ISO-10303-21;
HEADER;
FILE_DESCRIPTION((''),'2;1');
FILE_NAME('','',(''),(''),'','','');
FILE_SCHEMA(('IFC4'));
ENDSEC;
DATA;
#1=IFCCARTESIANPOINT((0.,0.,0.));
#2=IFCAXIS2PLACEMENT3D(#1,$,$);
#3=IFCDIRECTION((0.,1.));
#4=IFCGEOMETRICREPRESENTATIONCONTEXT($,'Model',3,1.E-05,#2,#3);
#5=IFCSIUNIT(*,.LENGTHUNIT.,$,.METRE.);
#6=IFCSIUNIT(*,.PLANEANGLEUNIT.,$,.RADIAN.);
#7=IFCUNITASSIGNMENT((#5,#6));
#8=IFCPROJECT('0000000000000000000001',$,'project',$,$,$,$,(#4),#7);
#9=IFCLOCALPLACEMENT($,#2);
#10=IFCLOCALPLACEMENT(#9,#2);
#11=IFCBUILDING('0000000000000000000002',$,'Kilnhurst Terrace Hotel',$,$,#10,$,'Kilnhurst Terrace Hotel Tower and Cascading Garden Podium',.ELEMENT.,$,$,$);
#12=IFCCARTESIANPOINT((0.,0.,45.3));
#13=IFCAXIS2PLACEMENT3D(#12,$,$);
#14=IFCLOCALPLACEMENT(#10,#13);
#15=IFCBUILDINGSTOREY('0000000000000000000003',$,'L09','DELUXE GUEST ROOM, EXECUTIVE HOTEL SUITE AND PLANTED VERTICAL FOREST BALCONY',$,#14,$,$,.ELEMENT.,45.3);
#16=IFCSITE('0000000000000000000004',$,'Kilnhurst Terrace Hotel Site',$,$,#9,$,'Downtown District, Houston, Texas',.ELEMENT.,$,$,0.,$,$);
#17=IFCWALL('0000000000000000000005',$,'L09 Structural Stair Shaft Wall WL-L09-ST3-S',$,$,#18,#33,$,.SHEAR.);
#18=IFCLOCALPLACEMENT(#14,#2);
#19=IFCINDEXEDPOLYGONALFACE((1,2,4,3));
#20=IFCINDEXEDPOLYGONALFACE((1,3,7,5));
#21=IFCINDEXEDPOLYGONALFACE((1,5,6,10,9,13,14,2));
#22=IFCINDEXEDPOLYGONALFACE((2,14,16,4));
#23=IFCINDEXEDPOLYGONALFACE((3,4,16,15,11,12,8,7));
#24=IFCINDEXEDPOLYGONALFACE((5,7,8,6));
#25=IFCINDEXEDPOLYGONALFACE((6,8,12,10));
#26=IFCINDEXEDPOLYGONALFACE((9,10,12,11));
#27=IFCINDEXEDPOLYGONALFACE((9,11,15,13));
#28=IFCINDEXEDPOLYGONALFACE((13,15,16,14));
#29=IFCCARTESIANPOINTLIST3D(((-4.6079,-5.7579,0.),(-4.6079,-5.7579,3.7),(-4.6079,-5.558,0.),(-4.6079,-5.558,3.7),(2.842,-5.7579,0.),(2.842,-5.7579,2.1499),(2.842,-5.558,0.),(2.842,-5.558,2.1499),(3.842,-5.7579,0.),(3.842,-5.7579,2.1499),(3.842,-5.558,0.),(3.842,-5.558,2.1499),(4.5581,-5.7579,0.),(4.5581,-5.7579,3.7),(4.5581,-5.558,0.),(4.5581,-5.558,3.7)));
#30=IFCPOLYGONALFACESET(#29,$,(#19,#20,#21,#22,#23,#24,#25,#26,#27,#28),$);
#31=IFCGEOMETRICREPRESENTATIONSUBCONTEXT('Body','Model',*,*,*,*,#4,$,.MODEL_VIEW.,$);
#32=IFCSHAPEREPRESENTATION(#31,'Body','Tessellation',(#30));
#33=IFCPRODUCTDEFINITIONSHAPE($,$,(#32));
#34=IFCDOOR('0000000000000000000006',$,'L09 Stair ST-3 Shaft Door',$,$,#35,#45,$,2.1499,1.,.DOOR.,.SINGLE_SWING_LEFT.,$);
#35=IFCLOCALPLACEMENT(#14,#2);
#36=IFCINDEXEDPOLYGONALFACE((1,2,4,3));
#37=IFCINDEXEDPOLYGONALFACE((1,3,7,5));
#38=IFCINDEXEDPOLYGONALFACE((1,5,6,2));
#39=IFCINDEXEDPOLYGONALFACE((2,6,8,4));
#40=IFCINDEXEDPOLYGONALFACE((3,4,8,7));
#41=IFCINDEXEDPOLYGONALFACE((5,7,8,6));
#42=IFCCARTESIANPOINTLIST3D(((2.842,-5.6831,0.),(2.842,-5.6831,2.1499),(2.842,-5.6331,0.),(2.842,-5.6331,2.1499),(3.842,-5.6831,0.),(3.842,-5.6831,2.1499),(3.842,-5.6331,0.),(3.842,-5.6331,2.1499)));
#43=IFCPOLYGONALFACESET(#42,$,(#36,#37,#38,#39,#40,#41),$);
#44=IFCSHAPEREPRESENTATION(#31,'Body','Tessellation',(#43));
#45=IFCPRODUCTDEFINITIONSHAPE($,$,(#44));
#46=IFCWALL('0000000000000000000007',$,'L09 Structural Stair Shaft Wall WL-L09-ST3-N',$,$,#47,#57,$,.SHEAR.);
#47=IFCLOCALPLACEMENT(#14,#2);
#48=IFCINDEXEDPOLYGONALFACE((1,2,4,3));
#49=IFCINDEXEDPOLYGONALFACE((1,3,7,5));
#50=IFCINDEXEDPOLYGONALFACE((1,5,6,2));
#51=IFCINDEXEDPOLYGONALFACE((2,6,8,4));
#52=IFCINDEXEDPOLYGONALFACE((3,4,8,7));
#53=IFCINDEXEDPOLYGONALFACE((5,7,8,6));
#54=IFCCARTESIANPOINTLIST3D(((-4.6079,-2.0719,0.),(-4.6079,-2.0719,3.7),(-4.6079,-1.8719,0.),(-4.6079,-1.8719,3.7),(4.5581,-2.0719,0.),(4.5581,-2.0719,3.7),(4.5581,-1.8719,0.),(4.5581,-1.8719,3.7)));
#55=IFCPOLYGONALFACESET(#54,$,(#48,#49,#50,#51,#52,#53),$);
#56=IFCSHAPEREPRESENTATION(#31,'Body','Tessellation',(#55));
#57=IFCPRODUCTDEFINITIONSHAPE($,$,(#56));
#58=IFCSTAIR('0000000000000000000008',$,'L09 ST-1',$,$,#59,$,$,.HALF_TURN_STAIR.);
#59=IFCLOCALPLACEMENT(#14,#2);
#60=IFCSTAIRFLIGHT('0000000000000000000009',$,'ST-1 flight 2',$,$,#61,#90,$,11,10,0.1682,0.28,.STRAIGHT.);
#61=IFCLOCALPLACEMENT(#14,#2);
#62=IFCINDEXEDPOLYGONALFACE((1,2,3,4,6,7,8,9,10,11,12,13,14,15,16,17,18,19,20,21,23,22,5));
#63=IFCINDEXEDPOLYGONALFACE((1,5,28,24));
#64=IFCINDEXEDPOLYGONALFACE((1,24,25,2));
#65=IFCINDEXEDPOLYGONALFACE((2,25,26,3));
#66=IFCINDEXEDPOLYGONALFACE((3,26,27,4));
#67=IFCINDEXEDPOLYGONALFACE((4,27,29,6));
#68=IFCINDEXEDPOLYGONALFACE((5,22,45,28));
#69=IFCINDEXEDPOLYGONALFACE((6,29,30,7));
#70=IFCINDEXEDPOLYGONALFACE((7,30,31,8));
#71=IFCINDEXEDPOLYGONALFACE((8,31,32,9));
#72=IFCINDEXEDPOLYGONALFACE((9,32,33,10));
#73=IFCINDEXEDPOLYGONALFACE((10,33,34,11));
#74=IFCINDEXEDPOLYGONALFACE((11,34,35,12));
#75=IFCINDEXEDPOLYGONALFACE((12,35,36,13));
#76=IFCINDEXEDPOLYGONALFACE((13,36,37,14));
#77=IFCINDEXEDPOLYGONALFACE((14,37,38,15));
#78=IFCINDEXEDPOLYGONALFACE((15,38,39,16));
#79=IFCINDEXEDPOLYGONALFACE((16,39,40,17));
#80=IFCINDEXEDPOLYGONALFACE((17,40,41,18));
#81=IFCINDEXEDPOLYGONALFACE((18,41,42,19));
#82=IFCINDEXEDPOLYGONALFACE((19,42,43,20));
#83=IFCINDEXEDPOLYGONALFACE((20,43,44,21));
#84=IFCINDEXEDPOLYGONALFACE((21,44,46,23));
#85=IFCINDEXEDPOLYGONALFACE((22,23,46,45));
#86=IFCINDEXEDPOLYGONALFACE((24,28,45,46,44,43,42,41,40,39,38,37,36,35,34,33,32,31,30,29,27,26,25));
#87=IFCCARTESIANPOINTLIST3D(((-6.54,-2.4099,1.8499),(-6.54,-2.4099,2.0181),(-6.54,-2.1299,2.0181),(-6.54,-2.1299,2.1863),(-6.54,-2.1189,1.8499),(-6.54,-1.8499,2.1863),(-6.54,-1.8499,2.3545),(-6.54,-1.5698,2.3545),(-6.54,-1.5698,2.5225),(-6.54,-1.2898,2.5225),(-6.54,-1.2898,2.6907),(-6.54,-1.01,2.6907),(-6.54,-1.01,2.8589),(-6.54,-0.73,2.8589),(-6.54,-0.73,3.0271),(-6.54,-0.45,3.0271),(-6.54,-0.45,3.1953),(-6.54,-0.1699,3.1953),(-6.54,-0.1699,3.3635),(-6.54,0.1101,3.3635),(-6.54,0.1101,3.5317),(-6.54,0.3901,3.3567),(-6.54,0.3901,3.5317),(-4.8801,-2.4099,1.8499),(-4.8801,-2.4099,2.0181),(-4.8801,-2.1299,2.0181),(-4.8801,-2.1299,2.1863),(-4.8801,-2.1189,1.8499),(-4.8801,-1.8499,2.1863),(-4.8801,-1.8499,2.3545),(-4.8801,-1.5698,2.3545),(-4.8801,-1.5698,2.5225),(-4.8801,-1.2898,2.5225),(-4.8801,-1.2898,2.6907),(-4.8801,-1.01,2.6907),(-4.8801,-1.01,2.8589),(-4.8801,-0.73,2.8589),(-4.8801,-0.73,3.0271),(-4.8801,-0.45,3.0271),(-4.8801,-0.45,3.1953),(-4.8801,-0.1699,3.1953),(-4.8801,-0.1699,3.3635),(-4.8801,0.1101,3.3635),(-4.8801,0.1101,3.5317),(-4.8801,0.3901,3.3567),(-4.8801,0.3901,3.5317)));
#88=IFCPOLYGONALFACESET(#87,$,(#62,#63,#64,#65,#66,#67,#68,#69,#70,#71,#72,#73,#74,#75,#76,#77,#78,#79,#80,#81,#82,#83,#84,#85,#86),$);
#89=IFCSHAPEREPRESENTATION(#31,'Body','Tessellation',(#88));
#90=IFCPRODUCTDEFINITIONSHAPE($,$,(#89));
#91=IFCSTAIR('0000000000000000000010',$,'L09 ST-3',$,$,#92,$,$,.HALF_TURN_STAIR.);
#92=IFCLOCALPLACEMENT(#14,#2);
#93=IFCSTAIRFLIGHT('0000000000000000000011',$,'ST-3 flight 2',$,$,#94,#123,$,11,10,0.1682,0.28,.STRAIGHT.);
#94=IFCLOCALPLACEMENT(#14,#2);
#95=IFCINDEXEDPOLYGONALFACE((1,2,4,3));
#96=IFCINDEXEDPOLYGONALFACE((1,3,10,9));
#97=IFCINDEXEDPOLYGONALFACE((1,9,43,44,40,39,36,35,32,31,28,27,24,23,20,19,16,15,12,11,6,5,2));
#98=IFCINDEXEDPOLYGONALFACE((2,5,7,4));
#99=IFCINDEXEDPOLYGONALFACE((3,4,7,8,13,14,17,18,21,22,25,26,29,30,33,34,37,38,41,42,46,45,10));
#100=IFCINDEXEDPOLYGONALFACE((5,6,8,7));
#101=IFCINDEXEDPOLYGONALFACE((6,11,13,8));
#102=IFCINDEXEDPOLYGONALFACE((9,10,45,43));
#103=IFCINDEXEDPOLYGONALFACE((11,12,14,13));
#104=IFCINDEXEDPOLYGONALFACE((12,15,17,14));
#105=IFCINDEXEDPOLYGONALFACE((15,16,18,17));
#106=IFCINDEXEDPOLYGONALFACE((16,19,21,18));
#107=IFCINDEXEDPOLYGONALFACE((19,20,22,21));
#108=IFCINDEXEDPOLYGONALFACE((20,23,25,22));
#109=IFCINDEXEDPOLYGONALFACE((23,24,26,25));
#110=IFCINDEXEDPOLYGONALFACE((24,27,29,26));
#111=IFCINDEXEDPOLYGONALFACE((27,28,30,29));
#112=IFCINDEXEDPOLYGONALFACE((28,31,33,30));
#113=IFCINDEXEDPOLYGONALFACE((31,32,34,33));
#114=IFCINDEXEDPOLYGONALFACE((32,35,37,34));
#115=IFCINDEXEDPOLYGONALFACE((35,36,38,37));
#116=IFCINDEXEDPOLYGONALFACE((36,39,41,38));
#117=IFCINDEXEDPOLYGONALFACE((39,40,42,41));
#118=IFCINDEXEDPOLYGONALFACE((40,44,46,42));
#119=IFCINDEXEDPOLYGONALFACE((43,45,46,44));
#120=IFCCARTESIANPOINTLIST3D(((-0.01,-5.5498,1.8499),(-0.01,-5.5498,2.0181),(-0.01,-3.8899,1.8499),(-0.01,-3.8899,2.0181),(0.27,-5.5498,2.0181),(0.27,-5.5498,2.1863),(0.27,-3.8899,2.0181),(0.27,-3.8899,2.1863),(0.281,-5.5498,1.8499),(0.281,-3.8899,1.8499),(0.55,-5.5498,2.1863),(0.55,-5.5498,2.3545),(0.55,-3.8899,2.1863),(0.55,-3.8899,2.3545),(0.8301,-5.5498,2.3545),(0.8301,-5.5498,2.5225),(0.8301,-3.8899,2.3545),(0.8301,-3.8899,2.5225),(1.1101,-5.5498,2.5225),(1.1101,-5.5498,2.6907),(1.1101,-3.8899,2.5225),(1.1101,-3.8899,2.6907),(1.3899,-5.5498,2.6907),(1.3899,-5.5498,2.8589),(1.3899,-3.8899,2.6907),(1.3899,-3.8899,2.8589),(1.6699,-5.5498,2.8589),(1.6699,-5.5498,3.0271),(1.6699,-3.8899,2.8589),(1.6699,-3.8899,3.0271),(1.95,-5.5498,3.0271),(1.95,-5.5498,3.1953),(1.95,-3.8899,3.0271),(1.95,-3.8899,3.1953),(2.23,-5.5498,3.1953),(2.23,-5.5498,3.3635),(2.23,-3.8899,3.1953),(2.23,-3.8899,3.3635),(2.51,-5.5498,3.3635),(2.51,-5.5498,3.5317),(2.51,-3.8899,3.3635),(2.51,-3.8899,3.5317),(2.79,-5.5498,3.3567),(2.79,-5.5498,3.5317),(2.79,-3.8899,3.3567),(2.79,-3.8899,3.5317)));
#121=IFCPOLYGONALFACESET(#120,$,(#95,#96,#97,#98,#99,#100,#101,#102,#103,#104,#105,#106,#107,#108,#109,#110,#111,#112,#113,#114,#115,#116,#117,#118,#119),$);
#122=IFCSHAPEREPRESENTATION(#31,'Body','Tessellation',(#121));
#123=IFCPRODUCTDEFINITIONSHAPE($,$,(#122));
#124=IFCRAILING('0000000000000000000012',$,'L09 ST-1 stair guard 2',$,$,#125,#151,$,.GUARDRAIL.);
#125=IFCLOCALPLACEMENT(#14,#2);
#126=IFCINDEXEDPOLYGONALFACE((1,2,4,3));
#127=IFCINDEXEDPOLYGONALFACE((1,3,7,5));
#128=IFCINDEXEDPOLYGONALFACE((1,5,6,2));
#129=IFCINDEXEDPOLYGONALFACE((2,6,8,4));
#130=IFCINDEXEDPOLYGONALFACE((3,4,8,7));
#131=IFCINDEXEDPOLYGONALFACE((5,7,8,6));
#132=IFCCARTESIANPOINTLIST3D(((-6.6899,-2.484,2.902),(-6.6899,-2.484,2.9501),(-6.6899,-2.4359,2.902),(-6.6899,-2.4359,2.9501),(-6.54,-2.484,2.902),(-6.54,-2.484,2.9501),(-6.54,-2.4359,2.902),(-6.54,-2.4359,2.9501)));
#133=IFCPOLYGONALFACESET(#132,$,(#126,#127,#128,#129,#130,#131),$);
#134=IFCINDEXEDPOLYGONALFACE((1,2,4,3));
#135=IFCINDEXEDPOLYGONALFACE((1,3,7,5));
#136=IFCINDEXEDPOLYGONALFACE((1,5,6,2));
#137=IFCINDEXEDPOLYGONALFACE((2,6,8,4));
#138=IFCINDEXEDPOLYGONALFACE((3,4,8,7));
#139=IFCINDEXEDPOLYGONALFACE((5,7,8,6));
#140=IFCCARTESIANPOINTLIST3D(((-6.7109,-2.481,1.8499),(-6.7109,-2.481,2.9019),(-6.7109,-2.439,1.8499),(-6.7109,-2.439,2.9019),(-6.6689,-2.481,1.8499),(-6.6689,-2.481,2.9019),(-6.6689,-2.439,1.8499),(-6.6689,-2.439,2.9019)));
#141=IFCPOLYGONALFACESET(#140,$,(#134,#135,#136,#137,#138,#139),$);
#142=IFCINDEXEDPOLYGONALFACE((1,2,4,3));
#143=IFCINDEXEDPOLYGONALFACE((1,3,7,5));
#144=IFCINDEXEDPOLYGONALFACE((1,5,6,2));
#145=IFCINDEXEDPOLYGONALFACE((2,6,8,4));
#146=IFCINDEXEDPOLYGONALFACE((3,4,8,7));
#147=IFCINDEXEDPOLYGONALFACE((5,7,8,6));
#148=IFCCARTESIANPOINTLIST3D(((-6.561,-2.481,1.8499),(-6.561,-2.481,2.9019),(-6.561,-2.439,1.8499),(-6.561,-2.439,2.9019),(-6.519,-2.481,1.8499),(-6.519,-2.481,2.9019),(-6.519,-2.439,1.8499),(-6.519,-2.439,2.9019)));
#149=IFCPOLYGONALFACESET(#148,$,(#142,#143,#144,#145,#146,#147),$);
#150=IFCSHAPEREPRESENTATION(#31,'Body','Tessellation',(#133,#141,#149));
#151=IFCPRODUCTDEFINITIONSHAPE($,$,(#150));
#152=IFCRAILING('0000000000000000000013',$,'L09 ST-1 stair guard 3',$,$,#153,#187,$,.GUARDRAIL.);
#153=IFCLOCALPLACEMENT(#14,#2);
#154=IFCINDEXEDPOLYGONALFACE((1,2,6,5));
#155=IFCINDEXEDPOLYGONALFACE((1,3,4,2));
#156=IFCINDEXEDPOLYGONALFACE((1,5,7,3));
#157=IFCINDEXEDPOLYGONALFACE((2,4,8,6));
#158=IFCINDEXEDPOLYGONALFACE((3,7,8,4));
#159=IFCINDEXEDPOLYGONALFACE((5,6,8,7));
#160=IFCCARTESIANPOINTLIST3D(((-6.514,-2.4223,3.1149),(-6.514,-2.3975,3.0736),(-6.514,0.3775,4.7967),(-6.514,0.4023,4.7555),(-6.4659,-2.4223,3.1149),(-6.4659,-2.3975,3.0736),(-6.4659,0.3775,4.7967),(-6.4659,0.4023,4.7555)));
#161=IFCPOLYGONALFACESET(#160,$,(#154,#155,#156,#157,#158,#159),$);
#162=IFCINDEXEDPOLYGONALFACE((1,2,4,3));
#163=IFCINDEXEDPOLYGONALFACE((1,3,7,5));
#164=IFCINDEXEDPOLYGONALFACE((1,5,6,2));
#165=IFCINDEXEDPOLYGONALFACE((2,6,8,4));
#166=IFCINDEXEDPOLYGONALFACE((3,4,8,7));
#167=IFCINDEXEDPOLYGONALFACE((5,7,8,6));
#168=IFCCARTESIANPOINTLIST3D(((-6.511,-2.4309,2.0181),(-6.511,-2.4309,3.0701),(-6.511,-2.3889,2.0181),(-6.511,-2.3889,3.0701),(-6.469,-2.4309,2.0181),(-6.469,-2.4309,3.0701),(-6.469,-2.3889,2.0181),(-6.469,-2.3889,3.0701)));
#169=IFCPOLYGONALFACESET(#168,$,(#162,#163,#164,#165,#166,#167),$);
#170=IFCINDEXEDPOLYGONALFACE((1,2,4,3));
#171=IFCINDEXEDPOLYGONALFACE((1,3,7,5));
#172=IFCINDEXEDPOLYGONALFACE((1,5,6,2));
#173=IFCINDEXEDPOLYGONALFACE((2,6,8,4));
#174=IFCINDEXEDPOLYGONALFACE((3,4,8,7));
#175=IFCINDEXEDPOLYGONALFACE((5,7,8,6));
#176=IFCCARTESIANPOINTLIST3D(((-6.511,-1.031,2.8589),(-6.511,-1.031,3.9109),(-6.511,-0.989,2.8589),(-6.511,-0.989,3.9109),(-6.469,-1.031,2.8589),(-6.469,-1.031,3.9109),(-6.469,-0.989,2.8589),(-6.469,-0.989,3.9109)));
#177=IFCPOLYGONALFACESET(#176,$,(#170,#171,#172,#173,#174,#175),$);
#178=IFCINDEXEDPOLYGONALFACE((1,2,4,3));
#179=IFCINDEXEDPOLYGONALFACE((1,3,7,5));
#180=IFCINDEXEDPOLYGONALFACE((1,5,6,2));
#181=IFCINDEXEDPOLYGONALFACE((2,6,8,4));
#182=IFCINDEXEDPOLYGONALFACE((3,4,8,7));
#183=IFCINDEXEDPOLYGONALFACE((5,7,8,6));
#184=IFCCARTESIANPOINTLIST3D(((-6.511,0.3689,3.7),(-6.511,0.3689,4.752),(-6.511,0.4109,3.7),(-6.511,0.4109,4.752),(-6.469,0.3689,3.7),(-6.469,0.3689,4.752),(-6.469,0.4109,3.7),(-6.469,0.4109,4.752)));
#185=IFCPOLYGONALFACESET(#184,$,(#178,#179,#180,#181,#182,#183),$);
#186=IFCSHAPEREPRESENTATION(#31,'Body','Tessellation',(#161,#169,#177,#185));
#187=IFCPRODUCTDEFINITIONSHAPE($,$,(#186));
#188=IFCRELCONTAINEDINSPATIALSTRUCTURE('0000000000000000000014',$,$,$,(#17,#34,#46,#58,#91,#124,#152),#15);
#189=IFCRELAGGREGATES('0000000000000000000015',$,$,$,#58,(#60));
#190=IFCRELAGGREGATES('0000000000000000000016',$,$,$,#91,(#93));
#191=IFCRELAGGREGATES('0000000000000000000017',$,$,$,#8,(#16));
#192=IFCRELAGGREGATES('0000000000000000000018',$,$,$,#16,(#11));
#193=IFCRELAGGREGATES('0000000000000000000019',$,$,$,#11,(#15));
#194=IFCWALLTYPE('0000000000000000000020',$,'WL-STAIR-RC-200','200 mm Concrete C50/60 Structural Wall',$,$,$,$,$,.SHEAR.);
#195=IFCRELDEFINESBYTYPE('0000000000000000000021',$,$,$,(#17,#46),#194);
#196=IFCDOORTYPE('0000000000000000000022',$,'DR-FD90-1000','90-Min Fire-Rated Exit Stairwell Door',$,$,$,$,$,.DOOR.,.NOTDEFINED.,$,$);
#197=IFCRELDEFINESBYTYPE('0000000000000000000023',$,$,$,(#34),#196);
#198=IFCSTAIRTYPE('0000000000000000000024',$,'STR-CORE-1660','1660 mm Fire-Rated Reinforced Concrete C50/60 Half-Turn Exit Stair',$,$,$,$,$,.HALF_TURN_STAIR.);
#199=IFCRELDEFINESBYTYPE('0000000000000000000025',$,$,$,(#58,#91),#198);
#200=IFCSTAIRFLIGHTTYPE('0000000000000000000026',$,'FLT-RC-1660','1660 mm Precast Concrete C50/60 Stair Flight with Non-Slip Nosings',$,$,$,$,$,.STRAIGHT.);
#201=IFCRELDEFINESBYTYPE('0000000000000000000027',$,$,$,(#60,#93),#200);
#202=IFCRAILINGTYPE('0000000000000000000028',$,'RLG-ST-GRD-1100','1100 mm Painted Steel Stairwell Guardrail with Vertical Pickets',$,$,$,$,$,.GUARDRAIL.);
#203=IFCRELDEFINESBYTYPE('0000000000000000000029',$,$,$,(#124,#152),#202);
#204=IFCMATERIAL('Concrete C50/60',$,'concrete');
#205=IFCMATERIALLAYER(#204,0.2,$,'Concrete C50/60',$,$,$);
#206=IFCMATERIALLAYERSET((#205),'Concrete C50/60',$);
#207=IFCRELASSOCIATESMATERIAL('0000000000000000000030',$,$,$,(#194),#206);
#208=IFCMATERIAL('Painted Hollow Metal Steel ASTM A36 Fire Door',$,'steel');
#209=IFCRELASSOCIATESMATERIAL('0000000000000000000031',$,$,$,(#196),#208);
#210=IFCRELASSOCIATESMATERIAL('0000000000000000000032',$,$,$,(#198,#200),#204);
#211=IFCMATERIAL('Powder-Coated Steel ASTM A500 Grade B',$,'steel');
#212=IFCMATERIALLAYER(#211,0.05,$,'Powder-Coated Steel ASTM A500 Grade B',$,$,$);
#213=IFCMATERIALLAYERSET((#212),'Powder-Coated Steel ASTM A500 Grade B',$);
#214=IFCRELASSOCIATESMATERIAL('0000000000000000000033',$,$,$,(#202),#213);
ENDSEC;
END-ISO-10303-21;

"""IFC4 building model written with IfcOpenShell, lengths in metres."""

from ifc_helpers import new_model, si_unit, direction, frame, frame_2d, origin, origin_2d, place, context, subcontext, project, spatial, polyline, rectangle, outline, extrude, material, layer, layer_set, type_object, element, fill, aggregate, save


model = new_model("IFC4")

# Units and contexts
model_context = context("Model", 3, precision=1e-05, world=origin(), true_north=direction((0.0, 1.0)))
body_context = subcontext(model_context, "Body", "Model", "MODEL_VIEW")
ifc_project = project(units=[si_unit("LENGTHUNIT", "METRE"), si_unit("PLANEANGLEUNIT", "RADIAN")], contexts=[model_context])

# Site, building, storey
site_placement = place(None, origin())
site = spatial("IfcSite", under=ifc_project, at=site_placement, Name="Kilnhurst Terrace Hotel Site", LongName="Downtown District, Houston, Texas", CompositionType="ELEMENT", RefElevation=0.0)
building_placement = place(site_placement, origin())
building = spatial("IfcBuilding", under=site, at=building_placement, Name="Kilnhurst Terrace Hotel", LongName="Kilnhurst Terrace Hotel Tower and Cascading Garden Podium", CompositionType="ELEMENT")
storey_placement = place(building_placement, frame((0.0, 0.0, 45.3)))
storey = spatial("IfcBuildingStorey", under=building, at=storey_placement, Name="L09", Description="DELUXE GUEST ROOM, EXECUTIVE HOTEL SUITE AND PLANTED VERTICAL FOREST BALCONY", CompositionType="ELEMENT", Elevation=45.3)

# Shared definitions
ifc_material_1 = material(Name="Concrete C50/60", Category="concrete")
ifc_layer_1 = layer(ifc_material_1, 0.2, Name="Concrete C50/60")
ifc_layer_set_1 = layer_set([ifc_layer_1], Name="Concrete C50/60")
wall_type_1 = type_object("IfcWallType", Name="WL-STAIR-RC-200", Description="200 mm Concrete C50/60 Structural Wall", PredefinedType="SHEAR", material=ifc_layer_set_1)

# Wall, opening, door
wall_1_placement = place(storey_placement, frame((-4.6079, -5.658, 0.0), z_axis=(0.0, 0.0, 1.0), x_axis=(1.0, 0.0, 0.0)))
wall_1 = element("IfcWall", 1, at=wall_1_placement, inside=storey, type_object=wall_type_1, Name="L09 Structural Stair Shaft Wall WL-L09-ST3-S", PredefinedType="SHEAR", context=body_context, shape_type="SweptSolid", body=[
    extrude(rectangle(XDim=9.166, YDim=0.2, at=frame_2d((4.583, 0.0))), origin(), (0.0, 0.0, 1.0), 3.7),
])
opening_1_placement = place(wall_1_placement, frame((7.45, 0.0, 0.0)))
opening_1 = element("IfcOpeningElement", 2, at=opening_1_placement, cuts=wall_1, PredefinedType="OPENING", context=body_context, shape_type="SweptSolid", body=[
    extrude(rectangle(XDim=1.0, YDim=2.1499, at=frame_2d((0.5, 1.075))), frame((0.0, 0.1099, 0.0), z_axis=(0.0, -1.0, 0.0), x_axis=(1.0, 0.0, 0.0)), (0.0, 0.0, 1.0), 0.22),
])
ifc_material_2 = material(Name="Painted Hollow Metal Steel ASTM A36 Fire Door", Category="steel")
door_type_1 = type_object("IfcDoorType", Name="DR-FD90-1000", Description="90-Min Fire-Rated Exit Stairwell Door", OperationType="NOTDEFINED", PredefinedType="DOOR", material=ifc_material_2)
door_1_placement = place(opening_1_placement, origin())
door_1 = element("IfcDoor", 3, at=door_1_placement, inside=storey, type_object=door_type_1, Name="L09 Stair ST-3 Shaft Door", OperationType="SINGLE_SWING_LEFT", OverallHeight=2.1499, OverallWidth=1.0, PredefinedType="DOOR", context=body_context, shape_type="SweptSolid", body=[
    extrude(rectangle(XDim=1.0, YDim=2.1499, at=frame_2d((0.5, 1.075))), frame((0.0, 0.0249, 0.0), z_axis=(0.0, -1.0, 0.0), x_axis=(1.0, 0.0, 0.0)), (0.0, 0.0, 1.0), 0.05),
])
fill(opening_1, door_1)

# Wall
wall_2_placement = place(storey_placement, frame((-4.6079, -1.9719, 0.0), z_axis=(0.0, 0.0, 1.0), x_axis=(1.0, 0.0, 0.0)))
element("IfcWall", 4, at=wall_2_placement, inside=storey, type_object=wall_type_1, Name="L09 Structural Stair Shaft Wall WL-L09-ST3-N", PredefinedType="SHEAR", context=body_context, shape_type="SweptSolid", body=[
    extrude(rectangle(XDim=9.166, YDim=0.2, at=frame_2d((4.583, 0.0))), origin(), (0.0, 0.0, 1.0), 3.7),
])

# Stairs, stair flights
stair_type = type_object("IfcStairType", Name="STR-CORE-1660", Description="1660 mm Fire-Rated Reinforced Concrete C50/60 Half-Turn Exit Stair", PredefinedType="HALF_TURN_STAIR", material=ifc_material_1)
stair_1_placement = place(storey_placement, origin())
stair_1 = element("IfcStair", 5, at=stair_1_placement, inside=storey, type_object=stair_type, Name="L09 ST-1", PredefinedType="HALF_TURN_STAIR")
stair_flight_type = type_object("IfcStairFlightType", Name="FLT-RC-1660", Description="1660 mm Precast Concrete C50/60 Stair Flight with Non-Slip Nosings", PredefinedType="STRAIGHT", material=ifc_material_1)
stair_flight_1_placement = place(storey_placement, frame((-5.71, -2.4099, 1.8499), z_axis=(0.0, 0.0, 1.0), x_axis=(0.0, 1.0, 0.0)))
stair_flight_1 = element("IfcStairFlight", 6, at=stair_flight_1_placement, type_object=stair_flight_type, Name="ST-1 flight 2", NumberOfRisers=11, NumberOfTreads=10, PredefinedType="STRAIGHT", RiserHeight=0.1682, TreadLength=0.28, context=body_context, shape_type="SweptSolid", body=[
    extrude(outline(polyline([(0.0, 0.0), (0.0, 0.1682), (0.28, 0.1682), (0.28, 0.3364), (0.5601, 0.3364), (0.5601, 0.5046), (0.8401, 0.5046), (0.8401, 0.6726), (1.1201, 0.6726), (1.1201, 0.8408), (1.3999, 0.8408), (1.3999, 1.009), (1.6799, 1.009), (1.6799, 1.1772), (1.96, 1.1772), (1.96, 1.3455), (2.24, 1.3455), (2.24, 1.5137), (2.52, 1.5137), (2.52, 1.6819), (2.8, 1.6819), (2.8, 1.8501), (2.8, 1.5068), (0.291, 0.0), (0.0, 0.0)])), frame((0.0, 0.8301, 0.0), z_axis=(0.0, -1.0, 0.0), x_axis=(1.0, 0.0, 0.0)), (0.0, 0.0, 1.0), 1.6599),
])
aggregate(stair_1, [stair_flight_1])
stair_2_placement = place(storey_placement, origin())
stair_2 = element("IfcStair", 7, at=stair_2_placement, inside=storey, type_object=stair_type, Name="L09 ST-3", PredefinedType="HALF_TURN_STAIR")
stair_flight_2_placement = place(storey_placement, frame((-0.01, -4.72, 1.8499), z_axis=(0.0, 0.0, 1.0), x_axis=(1.0, 0.0, 0.0)))
stair_flight_2 = element("IfcStairFlight", 8, at=stair_flight_2_placement, type_object=stair_flight_type, Name="ST-3 flight 2", NumberOfRisers=11, NumberOfTreads=10, PredefinedType="STRAIGHT", RiserHeight=0.1682, TreadLength=0.28, context=body_context, shape_type="SweptSolid", body=[
    extrude(outline(polyline([(0.0, 0.0), (0.0, 0.1682), (0.28, 0.1682), (0.28, 0.3364), (0.5601, 0.3364), (0.5601, 0.5046), (0.8401, 0.5046), (0.8401, 0.6726), (1.1201, 0.6726), (1.1201, 0.8408), (1.3999, 0.8408), (1.3999, 1.009), (1.6799, 1.009), (1.6799, 1.1772), (1.96, 1.1772), (1.96, 1.3455), (2.24, 1.3455), (2.24, 1.5137), (2.52, 1.5137), (2.52, 1.6819), (2.8, 1.6819), (2.8, 1.8501), (2.8, 1.5068), (0.291, 0.0), (0.0, 0.0)])), frame((0.0, 0.8301, 0.0), z_axis=(0.0, -1.0, 0.0), x_axis=(1.0, 0.0, 0.0)), (0.0, 0.0, 1.0), 1.6599),
])
aggregate(stair_2, [stair_flight_2])

# Railings
ifc_material_3 = material(Name="Powder-Coated Steel ASTM A500 Grade B", Category="steel")
ifc_layer_2 = layer(ifc_material_3, 0.05, Name="Powder-Coated Steel ASTM A500 Grade B")
ifc_layer_set_2 = layer_set([ifc_layer_2], Name="Powder-Coated Steel ASTM A500 Grade B")
railing_type_1 = type_object("IfcRailingType", Name="RLG-ST-GRD-1100", Description="1100 mm Painted Steel Stairwell Guardrail with Vertical Pickets", PredefinedType="GUARDRAIL", material=ifc_layer_set_2)
railing_1_placement = place(storey_placement, frame((-6.6899, -2.46, 1.8499)))
element("IfcRailing", 9, at=railing_1_placement, inside=storey, type_object=railing_type_1, Name="L09 ST-1 stair guard 2", PredefinedType="GUARDRAIL", context=body_context, shape_type="SweptSolid", body=[
    extrude(rectangle(XDim=0.0481, YDim=0.0481, at=origin_2d()), frame((0.0, 0.0, 1.0762), z_axis=(1.0, 0.0, 0.0), x_axis=(0.0, 1.0, 0.0)), (0.0, 0.0, 1.0), 0.1499),
    extrude(rectangle(XDim=0.042, YDim=0.042, at=origin_2d()), origin(), (0.0, 0.0, 1.0), 1.052),
    extrude(rectangle(XDim=0.042, YDim=0.042, at=origin_2d()), frame((0.1499, 0.0, 0.0)), (0.0, 0.0, 1.0), 1.052),
])
railing_2_placement = place(storey_placement, frame((-6.49, -2.4099, 2.0181)))
element("IfcRailing", 10, at=railing_2_placement, inside=storey, type_object=railing_type_1, Name="L09 ST-1 stair guard 3", PredefinedType="GUARDRAIL", context=body_context, shape_type="SweptSolid", body=[
    extrude(rectangle(XDim=0.0481, YDim=0.0481, at=origin_2d()), frame((0.0, 0.0, 1.0762), z_axis=(0.0, 0.857222, 0.514946), x_axis=(-1.0, 0.0, 0.0)), (0.0, 0.0, 1.0), 3.2661),
    extrude(rectangle(XDim=0.042, YDim=0.042, at=origin_2d()), origin(), (0.0, 0.0, 1.0), 1.052),
    extrude(rectangle(XDim=0.042, YDim=0.042, at=origin_2d()), frame((0.0, 1.3999, 0.8408)), (0.0, 0.0, 1.0), 1.052),
    extrude(rectangle(XDim=0.042, YDim=0.042, at=origin_2d()), frame((0.0, 2.7998, 1.6819)), (0.0, 0.0, 1.0), 1.052),
])

save(model, "model.ifc")
